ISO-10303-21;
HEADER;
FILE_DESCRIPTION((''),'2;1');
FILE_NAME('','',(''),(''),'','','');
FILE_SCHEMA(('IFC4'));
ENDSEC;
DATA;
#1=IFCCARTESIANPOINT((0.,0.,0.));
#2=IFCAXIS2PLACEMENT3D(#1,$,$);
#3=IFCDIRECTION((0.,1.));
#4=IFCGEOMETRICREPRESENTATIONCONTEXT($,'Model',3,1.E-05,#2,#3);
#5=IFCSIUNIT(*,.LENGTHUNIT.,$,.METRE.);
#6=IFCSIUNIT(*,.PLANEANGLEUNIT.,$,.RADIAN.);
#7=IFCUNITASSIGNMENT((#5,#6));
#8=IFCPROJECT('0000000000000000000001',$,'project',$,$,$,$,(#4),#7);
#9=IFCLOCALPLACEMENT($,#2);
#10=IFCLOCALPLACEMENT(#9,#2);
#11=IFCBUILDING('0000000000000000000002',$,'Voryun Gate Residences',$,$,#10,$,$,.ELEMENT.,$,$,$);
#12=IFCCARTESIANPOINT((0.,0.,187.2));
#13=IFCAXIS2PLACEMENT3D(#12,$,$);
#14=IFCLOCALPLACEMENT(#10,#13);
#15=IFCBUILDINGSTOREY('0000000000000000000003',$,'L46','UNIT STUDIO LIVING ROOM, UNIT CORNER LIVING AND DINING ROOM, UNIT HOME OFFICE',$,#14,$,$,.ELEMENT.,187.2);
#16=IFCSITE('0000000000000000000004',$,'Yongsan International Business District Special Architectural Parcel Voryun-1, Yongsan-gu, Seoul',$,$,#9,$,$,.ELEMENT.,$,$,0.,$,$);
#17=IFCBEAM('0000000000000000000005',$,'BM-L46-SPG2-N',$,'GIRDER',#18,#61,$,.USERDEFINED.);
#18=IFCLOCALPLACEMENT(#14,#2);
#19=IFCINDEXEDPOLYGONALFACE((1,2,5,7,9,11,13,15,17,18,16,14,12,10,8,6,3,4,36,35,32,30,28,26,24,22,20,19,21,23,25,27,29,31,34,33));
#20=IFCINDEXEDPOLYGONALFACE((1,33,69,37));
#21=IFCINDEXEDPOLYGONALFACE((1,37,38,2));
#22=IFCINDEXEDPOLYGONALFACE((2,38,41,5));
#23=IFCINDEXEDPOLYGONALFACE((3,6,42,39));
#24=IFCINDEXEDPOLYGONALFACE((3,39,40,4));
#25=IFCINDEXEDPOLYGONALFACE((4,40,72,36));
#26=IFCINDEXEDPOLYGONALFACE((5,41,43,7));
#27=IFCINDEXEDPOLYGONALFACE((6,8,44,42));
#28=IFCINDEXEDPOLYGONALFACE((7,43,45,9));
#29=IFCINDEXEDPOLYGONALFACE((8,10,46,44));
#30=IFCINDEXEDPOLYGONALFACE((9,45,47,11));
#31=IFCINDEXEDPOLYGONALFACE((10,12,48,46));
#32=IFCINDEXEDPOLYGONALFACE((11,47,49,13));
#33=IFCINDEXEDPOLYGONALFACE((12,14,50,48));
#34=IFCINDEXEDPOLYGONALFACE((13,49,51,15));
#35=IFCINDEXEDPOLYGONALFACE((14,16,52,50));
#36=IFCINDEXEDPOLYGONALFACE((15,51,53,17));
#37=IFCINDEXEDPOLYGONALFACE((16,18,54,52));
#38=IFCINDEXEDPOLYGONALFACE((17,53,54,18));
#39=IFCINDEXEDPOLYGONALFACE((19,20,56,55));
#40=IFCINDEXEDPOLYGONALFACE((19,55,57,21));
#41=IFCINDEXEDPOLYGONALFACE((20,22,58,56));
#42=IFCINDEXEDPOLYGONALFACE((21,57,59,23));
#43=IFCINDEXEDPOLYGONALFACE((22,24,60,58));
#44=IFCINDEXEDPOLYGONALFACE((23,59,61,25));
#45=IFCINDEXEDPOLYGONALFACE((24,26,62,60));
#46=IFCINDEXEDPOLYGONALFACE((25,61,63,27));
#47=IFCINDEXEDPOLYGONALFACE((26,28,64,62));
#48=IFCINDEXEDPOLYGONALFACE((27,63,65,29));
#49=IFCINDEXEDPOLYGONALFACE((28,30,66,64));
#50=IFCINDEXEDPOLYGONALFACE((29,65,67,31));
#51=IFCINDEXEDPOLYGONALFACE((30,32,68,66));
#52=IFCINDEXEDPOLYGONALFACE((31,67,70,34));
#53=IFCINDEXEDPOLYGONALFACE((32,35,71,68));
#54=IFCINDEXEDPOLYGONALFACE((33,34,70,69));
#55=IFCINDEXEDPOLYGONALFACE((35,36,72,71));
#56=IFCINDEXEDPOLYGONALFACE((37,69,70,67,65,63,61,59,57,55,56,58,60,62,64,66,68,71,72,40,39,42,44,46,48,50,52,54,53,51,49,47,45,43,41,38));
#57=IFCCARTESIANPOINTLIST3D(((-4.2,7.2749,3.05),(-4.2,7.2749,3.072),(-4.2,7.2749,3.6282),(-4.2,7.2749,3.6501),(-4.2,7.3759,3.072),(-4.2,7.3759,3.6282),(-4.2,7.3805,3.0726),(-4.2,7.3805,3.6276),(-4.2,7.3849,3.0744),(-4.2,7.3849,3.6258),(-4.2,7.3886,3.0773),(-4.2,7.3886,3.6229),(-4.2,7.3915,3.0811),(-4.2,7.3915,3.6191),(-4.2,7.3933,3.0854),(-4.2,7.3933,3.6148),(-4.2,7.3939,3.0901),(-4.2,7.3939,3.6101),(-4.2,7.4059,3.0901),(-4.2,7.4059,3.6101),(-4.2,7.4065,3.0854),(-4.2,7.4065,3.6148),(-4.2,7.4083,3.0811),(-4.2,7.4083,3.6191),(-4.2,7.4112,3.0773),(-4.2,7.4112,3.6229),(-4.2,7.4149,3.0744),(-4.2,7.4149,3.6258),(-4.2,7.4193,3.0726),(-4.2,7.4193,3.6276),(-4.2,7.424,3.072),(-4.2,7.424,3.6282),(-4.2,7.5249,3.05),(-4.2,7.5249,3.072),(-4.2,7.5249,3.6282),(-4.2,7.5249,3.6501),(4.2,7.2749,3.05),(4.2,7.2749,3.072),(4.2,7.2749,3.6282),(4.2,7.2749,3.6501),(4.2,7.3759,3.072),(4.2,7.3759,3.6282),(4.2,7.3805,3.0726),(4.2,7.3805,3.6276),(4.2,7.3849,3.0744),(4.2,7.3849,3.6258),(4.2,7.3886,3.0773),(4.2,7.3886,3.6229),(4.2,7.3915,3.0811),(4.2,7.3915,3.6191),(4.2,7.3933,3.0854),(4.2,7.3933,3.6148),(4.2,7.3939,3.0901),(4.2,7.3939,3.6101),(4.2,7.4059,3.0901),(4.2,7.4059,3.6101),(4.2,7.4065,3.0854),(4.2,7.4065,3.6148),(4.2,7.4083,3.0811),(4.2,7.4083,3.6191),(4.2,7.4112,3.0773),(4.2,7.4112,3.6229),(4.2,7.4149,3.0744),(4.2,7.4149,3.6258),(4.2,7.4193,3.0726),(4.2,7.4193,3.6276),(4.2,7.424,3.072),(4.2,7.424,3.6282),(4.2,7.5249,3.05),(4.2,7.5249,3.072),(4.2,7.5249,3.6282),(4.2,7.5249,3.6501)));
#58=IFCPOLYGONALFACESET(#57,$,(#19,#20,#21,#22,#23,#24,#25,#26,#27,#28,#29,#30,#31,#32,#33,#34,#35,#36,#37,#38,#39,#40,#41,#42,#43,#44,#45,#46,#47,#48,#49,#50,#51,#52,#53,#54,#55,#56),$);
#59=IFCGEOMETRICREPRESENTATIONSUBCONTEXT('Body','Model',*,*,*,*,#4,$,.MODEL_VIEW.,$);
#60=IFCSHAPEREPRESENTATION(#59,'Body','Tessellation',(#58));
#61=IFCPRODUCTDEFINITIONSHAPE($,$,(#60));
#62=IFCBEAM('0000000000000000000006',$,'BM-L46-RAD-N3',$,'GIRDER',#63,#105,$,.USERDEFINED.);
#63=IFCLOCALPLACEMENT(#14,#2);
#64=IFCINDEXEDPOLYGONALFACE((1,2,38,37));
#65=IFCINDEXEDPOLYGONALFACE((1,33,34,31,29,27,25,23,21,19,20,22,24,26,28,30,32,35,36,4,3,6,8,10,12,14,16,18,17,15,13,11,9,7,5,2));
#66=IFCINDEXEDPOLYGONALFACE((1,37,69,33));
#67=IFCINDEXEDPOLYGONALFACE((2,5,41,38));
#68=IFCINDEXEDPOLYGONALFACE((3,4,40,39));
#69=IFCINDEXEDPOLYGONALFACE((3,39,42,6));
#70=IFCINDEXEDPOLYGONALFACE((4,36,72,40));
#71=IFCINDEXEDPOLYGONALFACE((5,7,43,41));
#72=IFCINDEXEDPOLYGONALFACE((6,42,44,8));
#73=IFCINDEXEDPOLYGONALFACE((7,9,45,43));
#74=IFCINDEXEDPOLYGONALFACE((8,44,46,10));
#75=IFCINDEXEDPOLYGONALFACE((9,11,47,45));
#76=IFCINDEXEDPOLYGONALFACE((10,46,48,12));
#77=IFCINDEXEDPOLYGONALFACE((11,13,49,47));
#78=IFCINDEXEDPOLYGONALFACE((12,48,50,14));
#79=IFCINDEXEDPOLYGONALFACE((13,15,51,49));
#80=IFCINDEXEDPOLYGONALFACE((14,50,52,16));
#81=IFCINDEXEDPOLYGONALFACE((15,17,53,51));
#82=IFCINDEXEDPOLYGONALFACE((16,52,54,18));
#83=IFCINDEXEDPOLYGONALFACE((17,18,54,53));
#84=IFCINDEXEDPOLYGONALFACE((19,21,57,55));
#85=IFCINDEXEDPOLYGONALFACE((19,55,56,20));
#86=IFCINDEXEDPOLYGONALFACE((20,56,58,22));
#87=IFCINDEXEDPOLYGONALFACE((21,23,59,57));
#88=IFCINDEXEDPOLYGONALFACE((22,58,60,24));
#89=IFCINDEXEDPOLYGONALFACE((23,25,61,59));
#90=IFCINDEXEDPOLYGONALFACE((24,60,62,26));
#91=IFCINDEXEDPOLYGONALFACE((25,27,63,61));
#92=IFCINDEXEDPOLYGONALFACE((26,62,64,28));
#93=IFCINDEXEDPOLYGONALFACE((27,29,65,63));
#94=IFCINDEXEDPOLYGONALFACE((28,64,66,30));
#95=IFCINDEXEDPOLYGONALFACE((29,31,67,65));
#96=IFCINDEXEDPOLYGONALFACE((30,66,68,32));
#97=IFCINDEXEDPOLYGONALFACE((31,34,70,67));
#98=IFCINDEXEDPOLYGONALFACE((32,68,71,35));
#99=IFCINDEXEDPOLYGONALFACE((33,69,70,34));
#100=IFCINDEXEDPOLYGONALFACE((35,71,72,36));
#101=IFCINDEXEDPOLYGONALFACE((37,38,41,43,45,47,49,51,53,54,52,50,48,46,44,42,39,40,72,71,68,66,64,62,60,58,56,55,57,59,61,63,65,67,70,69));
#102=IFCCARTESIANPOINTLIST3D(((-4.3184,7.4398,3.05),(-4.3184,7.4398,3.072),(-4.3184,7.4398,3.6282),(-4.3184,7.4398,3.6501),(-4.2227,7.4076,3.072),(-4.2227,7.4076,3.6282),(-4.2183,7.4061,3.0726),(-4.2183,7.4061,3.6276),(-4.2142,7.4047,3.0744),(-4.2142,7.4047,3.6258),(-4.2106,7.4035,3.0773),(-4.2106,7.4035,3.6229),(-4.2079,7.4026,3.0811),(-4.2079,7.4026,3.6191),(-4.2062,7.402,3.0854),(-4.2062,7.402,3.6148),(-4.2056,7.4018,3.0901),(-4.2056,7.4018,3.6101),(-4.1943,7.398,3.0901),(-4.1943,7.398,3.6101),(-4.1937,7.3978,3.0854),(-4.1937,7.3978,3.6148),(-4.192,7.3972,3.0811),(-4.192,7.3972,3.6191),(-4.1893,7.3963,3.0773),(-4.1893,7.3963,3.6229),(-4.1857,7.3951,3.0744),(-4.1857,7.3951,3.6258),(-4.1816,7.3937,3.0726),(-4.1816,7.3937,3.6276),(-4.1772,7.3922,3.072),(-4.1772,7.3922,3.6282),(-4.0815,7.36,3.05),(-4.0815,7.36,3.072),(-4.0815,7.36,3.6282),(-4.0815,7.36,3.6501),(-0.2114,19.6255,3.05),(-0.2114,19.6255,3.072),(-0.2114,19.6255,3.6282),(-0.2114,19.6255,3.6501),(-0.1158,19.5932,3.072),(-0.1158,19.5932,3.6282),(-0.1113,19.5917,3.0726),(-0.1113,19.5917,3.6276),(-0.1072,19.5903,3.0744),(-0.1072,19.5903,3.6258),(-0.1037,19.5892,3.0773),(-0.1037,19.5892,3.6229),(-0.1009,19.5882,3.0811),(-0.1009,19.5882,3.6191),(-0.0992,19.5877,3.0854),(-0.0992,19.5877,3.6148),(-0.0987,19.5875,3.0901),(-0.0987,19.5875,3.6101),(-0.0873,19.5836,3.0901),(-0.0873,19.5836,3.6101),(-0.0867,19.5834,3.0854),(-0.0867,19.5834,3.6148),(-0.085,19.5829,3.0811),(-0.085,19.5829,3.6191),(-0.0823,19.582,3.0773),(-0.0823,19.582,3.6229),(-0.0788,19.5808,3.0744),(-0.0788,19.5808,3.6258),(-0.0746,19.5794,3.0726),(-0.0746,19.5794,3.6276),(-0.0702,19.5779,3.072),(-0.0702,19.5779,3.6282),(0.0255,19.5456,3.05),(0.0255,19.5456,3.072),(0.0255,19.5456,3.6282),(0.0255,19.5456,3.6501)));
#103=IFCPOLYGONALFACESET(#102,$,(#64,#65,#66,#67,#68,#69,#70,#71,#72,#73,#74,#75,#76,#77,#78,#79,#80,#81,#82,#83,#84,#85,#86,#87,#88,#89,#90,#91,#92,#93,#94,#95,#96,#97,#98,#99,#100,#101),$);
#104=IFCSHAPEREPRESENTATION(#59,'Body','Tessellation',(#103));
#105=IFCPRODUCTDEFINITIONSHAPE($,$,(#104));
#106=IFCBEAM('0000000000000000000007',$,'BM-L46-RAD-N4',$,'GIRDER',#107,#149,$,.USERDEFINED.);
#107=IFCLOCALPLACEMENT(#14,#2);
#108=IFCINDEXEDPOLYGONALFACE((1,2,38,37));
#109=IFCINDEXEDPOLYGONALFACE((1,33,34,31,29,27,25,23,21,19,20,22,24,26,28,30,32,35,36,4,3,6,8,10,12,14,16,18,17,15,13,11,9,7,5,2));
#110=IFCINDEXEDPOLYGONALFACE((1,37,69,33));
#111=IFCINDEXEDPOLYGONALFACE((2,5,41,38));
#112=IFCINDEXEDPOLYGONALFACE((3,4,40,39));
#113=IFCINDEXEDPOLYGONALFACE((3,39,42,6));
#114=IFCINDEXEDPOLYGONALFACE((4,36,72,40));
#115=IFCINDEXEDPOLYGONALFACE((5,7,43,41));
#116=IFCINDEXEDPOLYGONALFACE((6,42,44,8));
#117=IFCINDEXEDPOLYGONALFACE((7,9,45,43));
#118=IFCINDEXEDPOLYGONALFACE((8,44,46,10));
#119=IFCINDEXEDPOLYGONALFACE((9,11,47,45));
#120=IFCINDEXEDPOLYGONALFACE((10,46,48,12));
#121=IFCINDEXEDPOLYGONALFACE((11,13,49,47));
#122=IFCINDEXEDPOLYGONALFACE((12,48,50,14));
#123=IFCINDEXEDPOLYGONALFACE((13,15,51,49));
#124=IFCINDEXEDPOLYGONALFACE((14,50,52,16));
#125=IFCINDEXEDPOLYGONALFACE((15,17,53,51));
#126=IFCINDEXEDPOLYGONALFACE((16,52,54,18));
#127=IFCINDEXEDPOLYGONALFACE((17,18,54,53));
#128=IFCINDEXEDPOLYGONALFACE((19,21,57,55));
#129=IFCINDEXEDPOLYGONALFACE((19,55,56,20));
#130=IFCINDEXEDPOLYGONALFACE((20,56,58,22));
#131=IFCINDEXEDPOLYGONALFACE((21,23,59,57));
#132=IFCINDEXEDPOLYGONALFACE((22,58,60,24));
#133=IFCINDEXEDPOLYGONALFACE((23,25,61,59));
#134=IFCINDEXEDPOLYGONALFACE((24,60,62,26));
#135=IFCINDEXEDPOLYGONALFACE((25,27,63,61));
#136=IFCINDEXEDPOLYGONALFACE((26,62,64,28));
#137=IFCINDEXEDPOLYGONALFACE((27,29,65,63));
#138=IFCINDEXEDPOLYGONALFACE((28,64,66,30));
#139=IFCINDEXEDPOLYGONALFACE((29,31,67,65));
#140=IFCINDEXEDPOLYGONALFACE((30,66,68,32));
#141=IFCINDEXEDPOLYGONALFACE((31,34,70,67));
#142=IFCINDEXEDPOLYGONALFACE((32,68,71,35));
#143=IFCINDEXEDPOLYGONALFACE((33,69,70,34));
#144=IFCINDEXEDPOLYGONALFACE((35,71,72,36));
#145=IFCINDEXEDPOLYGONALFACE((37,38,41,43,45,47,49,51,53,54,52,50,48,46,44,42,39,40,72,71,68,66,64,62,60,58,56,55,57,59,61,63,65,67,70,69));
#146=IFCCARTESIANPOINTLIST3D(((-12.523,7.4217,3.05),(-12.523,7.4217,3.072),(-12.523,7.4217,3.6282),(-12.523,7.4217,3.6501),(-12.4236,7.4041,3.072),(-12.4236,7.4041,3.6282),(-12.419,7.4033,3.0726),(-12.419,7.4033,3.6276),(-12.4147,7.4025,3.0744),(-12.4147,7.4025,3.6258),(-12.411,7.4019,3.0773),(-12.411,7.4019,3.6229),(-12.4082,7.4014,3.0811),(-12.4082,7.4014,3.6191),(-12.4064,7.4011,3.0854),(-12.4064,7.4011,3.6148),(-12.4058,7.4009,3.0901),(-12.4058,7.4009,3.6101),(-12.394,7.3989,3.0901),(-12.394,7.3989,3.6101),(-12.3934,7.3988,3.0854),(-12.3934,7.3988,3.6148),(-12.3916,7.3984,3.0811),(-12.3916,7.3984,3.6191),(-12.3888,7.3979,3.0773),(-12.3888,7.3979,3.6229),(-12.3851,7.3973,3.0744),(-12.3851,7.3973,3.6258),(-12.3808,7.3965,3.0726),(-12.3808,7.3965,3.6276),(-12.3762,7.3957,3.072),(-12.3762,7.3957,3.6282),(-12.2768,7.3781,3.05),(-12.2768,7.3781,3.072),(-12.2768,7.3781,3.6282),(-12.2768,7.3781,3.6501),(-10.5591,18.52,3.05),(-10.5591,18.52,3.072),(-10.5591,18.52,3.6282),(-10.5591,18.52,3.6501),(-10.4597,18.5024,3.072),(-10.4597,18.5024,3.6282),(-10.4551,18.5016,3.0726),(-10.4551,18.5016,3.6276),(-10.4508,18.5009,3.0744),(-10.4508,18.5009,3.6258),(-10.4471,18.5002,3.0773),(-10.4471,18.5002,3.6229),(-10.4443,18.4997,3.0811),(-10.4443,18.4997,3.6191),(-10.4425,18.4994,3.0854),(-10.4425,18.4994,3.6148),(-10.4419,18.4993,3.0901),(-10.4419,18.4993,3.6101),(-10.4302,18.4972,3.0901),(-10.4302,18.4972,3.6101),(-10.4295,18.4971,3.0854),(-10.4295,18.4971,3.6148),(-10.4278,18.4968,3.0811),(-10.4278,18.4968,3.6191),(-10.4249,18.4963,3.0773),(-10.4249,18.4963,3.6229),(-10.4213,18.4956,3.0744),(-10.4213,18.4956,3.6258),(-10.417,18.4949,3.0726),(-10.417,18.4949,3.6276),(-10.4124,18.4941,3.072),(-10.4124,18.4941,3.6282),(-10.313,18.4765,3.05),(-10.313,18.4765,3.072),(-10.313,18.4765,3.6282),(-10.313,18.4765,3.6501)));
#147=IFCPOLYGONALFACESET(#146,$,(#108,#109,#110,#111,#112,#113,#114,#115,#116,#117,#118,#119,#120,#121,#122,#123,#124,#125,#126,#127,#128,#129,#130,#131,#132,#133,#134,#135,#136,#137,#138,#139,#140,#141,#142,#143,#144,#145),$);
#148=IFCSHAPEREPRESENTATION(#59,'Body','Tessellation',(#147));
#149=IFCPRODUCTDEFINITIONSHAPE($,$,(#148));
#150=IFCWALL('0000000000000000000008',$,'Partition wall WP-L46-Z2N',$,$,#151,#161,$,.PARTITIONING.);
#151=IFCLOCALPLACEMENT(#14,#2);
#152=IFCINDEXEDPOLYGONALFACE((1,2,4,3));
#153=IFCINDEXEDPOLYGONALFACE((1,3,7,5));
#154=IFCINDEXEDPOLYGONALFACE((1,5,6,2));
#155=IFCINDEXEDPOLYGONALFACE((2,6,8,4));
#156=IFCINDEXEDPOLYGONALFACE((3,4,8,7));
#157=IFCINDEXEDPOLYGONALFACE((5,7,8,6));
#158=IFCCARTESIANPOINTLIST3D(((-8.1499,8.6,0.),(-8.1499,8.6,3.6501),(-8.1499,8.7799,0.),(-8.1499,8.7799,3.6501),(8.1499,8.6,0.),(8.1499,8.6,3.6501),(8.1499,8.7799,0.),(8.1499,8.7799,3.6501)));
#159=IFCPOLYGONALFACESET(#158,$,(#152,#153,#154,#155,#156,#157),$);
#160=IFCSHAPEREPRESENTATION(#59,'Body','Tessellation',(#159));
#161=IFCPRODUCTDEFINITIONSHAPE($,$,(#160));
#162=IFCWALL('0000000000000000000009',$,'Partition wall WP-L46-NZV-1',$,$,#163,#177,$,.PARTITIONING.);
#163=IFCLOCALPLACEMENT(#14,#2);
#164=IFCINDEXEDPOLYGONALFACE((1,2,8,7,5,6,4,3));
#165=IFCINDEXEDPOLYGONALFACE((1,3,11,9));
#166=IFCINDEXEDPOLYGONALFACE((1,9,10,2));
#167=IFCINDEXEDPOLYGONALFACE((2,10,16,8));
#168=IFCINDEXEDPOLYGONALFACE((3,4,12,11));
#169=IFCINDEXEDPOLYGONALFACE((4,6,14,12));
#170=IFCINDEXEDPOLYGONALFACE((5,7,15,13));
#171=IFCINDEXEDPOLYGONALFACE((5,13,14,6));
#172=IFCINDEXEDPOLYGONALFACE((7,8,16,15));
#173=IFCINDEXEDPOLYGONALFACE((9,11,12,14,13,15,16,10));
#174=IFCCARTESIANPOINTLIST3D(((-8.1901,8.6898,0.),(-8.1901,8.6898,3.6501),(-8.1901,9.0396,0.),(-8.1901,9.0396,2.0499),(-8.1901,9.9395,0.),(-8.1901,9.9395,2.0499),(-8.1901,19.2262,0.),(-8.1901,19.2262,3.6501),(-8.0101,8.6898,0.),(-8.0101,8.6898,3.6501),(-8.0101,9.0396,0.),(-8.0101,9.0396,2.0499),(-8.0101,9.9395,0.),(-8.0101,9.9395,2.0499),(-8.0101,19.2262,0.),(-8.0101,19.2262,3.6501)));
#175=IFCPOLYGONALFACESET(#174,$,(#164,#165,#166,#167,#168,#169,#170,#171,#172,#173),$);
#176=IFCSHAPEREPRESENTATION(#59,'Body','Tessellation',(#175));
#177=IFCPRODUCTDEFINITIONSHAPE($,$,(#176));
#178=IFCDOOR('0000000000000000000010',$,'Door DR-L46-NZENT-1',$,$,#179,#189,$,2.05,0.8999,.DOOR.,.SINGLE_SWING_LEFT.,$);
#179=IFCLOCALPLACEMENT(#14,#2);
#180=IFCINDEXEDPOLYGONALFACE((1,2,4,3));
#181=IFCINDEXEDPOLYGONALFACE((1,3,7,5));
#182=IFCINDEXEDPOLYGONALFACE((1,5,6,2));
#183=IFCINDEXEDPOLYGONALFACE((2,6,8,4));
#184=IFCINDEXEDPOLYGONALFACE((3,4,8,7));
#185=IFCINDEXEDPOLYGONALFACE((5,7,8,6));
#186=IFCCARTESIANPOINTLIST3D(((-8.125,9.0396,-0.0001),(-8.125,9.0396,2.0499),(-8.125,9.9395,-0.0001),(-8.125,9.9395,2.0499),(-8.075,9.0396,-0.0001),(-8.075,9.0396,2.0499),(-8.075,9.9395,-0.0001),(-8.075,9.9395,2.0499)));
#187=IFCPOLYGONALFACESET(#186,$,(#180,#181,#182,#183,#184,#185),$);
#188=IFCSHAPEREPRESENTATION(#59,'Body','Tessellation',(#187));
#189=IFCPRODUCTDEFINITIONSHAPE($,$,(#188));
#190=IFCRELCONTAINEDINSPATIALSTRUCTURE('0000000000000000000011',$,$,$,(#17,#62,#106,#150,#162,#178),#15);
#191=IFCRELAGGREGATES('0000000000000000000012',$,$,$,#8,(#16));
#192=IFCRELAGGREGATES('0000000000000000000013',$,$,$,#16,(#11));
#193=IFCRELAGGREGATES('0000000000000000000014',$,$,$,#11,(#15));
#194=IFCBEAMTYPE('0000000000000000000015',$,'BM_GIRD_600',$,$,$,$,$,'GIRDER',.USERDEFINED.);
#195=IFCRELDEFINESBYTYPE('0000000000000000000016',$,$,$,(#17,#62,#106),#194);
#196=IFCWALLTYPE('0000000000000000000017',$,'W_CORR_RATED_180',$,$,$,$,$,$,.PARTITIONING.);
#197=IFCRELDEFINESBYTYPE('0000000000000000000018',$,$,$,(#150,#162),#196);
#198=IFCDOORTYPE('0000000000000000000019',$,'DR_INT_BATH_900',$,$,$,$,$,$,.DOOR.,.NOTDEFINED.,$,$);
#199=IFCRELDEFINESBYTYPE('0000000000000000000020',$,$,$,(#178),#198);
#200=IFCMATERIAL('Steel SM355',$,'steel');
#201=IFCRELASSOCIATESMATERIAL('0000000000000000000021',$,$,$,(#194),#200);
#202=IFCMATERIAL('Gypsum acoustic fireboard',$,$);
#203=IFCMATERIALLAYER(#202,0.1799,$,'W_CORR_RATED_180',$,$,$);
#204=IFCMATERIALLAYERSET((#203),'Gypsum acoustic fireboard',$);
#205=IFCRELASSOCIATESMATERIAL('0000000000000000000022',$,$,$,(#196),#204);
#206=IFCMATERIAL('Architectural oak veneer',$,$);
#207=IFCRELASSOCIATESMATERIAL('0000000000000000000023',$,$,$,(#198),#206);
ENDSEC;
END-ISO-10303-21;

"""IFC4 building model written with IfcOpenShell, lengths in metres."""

from ifc_helpers import new_model, si_unit, direction, frame, frame_2d, origin, origin_2d, place, context, subcontext, project, spatial, rectangle, i_section, extrude, material, layer, layer_set, material_profile, profile_set, type_object, element, fill, save


model = new_model("IFC4")

# Units and contexts
model_context = context("Model", 3, precision=1e-05, world=origin(), true_north=direction((0.0, 1.0)))
body_context = subcontext(model_context, "Body", "Model", "MODEL_VIEW")
ifc_project = project(units=[si_unit("LENGTHUNIT", "METRE"), si_unit("PLANEANGLEUNIT", "RADIAN")], contexts=[model_context])

# Site, building, storey
site_placement = place(None, origin())
site = spatial("IfcSite", under=ifc_project, at=site_placement, Name="Yongsan International Business District Special Architectural Parcel Voryun-1, Yongsan-gu, Seoul", CompositionType="ELEMENT", RefElevation=0.0)
building_placement = place(site_placement, origin())
building = spatial("IfcBuilding", under=site, at=building_placement, Name="Voryun Gate Residences", CompositionType="ELEMENT")
storey_placement = place(building_placement, frame((0.0, 0.0, 187.2)))
storey = spatial("IfcBuildingStorey", under=building, at=storey_placement, Name="L46", Description="UNIT STUDIO LIVING ROOM, UNIT CORNER LIVING AND DINING ROOM, UNIT HOME OFFICE", CompositionType="ELEMENT", Elevation=187.2)

# Beams
ifc_material_1 = material(Name="Steel SM355", Category="steel")
ifc_material_profile_1 = material_profile(ifc_material_1, i_section(OverallWidth=0.25, OverallDepth=0.6001, WebThickness=0.012, FlangeThickness=0.022, FilletRadius=0.0181, at=origin_2d()), Name="H-600x250x12x22")
ifc_profile_set_1 = profile_set([ifc_material_profile_1], Name="Steel SM355")
beam_type_1 = type_object("IfcBeamType", Name="BM_GIRD_600", ElementType="GIRDER", PredefinedType="USERDEFINED", material=ifc_profile_set_1)
beam_1_placement = place(storey_placement, frame((-4.2, 7.3999, 3.3501), z_axis=(1.0, 0.0, 0.0), x_axis=(0.0, 1.0, 0.0)))
element("IfcBeam", 1, at=beam_1_placement, inside=storey, type_object=beam_type_1, Name="BM-L46-SPG2-N", ObjectType="GIRDER", PredefinedType="USERDEFINED", context=body_context, shape_type="SweptSolid", body=[
    extrude(i_section(OverallWidth=0.25, OverallDepth=0.6001, WebThickness=0.012, FlangeThickness=0.022, FilletRadius=0.0181, at=origin_2d()), origin(), (0.0, 0.0, 1.0), 8.3999),
])
beam_2_placement = place(storey_placement, frame((-4.2, 7.3999, 3.3501), z_axis=(0.319381, 0.947626, 0.0), x_axis=(-0.947626, 0.319381, 0.0)))
element("IfcBeam", 2, at=beam_2_placement, inside=storey, type_object=beam_type_1, Name="BM-L46-RAD-N3", ObjectType="GIRDER", PredefinedType="USERDEFINED", context=body_context, shape_type="SweptSolid", body=[
    extrude(i_section(OverallWidth=0.25, OverallDepth=0.6001, WebThickness=0.012, FlangeThickness=0.022, FilletRadius=0.0181, at=origin_2d()), origin(), (0.0, 0.0, 1.0), 12.8591),
])
beam_3_placement = place(storey_placement, frame((-12.3999, 7.3999, 3.3501), z_axis=(0.174244, 0.984703, 0.0), x_axis=(-0.984703, 0.174244, 0.0)))
element("IfcBeam", 3, at=beam_3_placement, inside=storey, type_object=beam_type_1, Name="BM-L46-RAD-N4", ObjectType="GIRDER", PredefinedType="USERDEFINED", context=body_context, shape_type="SweptSolid", body=[
    extrude(i_section(OverallWidth=0.25, OverallDepth=0.6001, WebThickness=0.012, FlangeThickness=0.022, FilletRadius=0.0181, at=origin_2d()), origin(), (0.0, 0.0, 1.0), 11.2708),
])

# Wall
ifc_material_2 = material(Name="Gypsum acoustic fireboard")
ifc_layer_1 = layer(ifc_material_2, 0.1799, Name="W_CORR_RATED_180")
ifc_layer_set_1 = layer_set([ifc_layer_1], Name="Gypsum acoustic fireboard")
wall_type_1 = type_object("IfcWallType", Name="W_CORR_RATED_180", PredefinedType="PARTITIONING", material=ifc_layer_set_1)
wall_1_placement = place(storey_placement, frame((-8.1499, 8.6899, 0.0), z_axis=(0.0, 0.0, 1.0), x_axis=(1.0, 0.0, 0.0)))
element("IfcWall", 4, at=wall_1_placement, inside=storey, type_object=wall_type_1, Name="Partition wall WP-L46-Z2N", PredefinedType="PARTITIONING", context=body_context, shape_type="SweptSolid", body=[
    extrude(rectangle(XDim=16.2998, YDim=0.1799, at=frame_2d((8.1499, 0.0))), origin(), (0.0, 0.0, 1.0), 3.6501),
])

# Wall, opening, door
wall_2_placement = place(storey_placement, frame((-8.1001, 8.6899, 0.0), z_axis=(0.0, 0.0, 1.0), x_axis=(0.0, 1.0, 0.0)))
wall_2 = element("IfcWall", 5, at=wall_2_placement, inside=storey, type_object=wall_type_1, Name="Partition wall WP-L46-NZV-1", PredefinedType="PARTITIONING", context=body_context, shape_type="SweptSolid", body=[
    extrude(rectangle(XDim=10.5364, YDim=0.1799, at=frame_2d((5.2681, 0.0))), origin(), (0.0, 0.0, 1.0), 3.6501),
])
opening_1_placement = place(wall_2_placement, frame((0.3496, 0.0, 0.0)))
opening_1 = element("IfcOpeningElement", 6, at=opening_1_placement, cuts=wall_2, PredefinedType="OPENING", context=body_context, shape_type="SweptSolid", body=[
    extrude(rectangle(XDim=0.8999, YDim=2.05, at=frame_2d((0.45, 1.0249))), frame((0.0, 0.0999, 0.0), z_axis=(0.0, -1.0, 0.0), x_axis=(1.0, 0.0, 0.0)), (0.0, 0.0, 1.0), 0.2),
])
ifc_material_3 = material(Name="Architectural oak veneer")
door_type = type_object("IfcDoorType", Name="DR_INT_BATH_900", OperationType="NOTDEFINED", PredefinedType="DOOR", material=ifc_material_3)
door_1_placement = place(opening_1_placement, origin())
door_1 = element("IfcDoor", 7, at=door_1_placement, inside=storey, type_object=door_type, Name="Door DR-L46-NZENT-1", OperationType="SINGLE_SWING_LEFT", OverallHeight=2.05, OverallWidth=0.8999, PredefinedType="DOOR", context=body_context, shape_type="SweptSolid", body=[
    extrude(rectangle(XDim=0.8999, YDim=2.05, at=frame_2d((0.45, 1.0249))), frame((0.0, 0.0249, 0.0), z_axis=(0.0, -1.0, 0.0), x_axis=(1.0, 0.0, 0.0)), (0.0, 0.0, 1.0), 0.05),
])
fill(opening_1, door_1)

save(model, "model.ifc")
